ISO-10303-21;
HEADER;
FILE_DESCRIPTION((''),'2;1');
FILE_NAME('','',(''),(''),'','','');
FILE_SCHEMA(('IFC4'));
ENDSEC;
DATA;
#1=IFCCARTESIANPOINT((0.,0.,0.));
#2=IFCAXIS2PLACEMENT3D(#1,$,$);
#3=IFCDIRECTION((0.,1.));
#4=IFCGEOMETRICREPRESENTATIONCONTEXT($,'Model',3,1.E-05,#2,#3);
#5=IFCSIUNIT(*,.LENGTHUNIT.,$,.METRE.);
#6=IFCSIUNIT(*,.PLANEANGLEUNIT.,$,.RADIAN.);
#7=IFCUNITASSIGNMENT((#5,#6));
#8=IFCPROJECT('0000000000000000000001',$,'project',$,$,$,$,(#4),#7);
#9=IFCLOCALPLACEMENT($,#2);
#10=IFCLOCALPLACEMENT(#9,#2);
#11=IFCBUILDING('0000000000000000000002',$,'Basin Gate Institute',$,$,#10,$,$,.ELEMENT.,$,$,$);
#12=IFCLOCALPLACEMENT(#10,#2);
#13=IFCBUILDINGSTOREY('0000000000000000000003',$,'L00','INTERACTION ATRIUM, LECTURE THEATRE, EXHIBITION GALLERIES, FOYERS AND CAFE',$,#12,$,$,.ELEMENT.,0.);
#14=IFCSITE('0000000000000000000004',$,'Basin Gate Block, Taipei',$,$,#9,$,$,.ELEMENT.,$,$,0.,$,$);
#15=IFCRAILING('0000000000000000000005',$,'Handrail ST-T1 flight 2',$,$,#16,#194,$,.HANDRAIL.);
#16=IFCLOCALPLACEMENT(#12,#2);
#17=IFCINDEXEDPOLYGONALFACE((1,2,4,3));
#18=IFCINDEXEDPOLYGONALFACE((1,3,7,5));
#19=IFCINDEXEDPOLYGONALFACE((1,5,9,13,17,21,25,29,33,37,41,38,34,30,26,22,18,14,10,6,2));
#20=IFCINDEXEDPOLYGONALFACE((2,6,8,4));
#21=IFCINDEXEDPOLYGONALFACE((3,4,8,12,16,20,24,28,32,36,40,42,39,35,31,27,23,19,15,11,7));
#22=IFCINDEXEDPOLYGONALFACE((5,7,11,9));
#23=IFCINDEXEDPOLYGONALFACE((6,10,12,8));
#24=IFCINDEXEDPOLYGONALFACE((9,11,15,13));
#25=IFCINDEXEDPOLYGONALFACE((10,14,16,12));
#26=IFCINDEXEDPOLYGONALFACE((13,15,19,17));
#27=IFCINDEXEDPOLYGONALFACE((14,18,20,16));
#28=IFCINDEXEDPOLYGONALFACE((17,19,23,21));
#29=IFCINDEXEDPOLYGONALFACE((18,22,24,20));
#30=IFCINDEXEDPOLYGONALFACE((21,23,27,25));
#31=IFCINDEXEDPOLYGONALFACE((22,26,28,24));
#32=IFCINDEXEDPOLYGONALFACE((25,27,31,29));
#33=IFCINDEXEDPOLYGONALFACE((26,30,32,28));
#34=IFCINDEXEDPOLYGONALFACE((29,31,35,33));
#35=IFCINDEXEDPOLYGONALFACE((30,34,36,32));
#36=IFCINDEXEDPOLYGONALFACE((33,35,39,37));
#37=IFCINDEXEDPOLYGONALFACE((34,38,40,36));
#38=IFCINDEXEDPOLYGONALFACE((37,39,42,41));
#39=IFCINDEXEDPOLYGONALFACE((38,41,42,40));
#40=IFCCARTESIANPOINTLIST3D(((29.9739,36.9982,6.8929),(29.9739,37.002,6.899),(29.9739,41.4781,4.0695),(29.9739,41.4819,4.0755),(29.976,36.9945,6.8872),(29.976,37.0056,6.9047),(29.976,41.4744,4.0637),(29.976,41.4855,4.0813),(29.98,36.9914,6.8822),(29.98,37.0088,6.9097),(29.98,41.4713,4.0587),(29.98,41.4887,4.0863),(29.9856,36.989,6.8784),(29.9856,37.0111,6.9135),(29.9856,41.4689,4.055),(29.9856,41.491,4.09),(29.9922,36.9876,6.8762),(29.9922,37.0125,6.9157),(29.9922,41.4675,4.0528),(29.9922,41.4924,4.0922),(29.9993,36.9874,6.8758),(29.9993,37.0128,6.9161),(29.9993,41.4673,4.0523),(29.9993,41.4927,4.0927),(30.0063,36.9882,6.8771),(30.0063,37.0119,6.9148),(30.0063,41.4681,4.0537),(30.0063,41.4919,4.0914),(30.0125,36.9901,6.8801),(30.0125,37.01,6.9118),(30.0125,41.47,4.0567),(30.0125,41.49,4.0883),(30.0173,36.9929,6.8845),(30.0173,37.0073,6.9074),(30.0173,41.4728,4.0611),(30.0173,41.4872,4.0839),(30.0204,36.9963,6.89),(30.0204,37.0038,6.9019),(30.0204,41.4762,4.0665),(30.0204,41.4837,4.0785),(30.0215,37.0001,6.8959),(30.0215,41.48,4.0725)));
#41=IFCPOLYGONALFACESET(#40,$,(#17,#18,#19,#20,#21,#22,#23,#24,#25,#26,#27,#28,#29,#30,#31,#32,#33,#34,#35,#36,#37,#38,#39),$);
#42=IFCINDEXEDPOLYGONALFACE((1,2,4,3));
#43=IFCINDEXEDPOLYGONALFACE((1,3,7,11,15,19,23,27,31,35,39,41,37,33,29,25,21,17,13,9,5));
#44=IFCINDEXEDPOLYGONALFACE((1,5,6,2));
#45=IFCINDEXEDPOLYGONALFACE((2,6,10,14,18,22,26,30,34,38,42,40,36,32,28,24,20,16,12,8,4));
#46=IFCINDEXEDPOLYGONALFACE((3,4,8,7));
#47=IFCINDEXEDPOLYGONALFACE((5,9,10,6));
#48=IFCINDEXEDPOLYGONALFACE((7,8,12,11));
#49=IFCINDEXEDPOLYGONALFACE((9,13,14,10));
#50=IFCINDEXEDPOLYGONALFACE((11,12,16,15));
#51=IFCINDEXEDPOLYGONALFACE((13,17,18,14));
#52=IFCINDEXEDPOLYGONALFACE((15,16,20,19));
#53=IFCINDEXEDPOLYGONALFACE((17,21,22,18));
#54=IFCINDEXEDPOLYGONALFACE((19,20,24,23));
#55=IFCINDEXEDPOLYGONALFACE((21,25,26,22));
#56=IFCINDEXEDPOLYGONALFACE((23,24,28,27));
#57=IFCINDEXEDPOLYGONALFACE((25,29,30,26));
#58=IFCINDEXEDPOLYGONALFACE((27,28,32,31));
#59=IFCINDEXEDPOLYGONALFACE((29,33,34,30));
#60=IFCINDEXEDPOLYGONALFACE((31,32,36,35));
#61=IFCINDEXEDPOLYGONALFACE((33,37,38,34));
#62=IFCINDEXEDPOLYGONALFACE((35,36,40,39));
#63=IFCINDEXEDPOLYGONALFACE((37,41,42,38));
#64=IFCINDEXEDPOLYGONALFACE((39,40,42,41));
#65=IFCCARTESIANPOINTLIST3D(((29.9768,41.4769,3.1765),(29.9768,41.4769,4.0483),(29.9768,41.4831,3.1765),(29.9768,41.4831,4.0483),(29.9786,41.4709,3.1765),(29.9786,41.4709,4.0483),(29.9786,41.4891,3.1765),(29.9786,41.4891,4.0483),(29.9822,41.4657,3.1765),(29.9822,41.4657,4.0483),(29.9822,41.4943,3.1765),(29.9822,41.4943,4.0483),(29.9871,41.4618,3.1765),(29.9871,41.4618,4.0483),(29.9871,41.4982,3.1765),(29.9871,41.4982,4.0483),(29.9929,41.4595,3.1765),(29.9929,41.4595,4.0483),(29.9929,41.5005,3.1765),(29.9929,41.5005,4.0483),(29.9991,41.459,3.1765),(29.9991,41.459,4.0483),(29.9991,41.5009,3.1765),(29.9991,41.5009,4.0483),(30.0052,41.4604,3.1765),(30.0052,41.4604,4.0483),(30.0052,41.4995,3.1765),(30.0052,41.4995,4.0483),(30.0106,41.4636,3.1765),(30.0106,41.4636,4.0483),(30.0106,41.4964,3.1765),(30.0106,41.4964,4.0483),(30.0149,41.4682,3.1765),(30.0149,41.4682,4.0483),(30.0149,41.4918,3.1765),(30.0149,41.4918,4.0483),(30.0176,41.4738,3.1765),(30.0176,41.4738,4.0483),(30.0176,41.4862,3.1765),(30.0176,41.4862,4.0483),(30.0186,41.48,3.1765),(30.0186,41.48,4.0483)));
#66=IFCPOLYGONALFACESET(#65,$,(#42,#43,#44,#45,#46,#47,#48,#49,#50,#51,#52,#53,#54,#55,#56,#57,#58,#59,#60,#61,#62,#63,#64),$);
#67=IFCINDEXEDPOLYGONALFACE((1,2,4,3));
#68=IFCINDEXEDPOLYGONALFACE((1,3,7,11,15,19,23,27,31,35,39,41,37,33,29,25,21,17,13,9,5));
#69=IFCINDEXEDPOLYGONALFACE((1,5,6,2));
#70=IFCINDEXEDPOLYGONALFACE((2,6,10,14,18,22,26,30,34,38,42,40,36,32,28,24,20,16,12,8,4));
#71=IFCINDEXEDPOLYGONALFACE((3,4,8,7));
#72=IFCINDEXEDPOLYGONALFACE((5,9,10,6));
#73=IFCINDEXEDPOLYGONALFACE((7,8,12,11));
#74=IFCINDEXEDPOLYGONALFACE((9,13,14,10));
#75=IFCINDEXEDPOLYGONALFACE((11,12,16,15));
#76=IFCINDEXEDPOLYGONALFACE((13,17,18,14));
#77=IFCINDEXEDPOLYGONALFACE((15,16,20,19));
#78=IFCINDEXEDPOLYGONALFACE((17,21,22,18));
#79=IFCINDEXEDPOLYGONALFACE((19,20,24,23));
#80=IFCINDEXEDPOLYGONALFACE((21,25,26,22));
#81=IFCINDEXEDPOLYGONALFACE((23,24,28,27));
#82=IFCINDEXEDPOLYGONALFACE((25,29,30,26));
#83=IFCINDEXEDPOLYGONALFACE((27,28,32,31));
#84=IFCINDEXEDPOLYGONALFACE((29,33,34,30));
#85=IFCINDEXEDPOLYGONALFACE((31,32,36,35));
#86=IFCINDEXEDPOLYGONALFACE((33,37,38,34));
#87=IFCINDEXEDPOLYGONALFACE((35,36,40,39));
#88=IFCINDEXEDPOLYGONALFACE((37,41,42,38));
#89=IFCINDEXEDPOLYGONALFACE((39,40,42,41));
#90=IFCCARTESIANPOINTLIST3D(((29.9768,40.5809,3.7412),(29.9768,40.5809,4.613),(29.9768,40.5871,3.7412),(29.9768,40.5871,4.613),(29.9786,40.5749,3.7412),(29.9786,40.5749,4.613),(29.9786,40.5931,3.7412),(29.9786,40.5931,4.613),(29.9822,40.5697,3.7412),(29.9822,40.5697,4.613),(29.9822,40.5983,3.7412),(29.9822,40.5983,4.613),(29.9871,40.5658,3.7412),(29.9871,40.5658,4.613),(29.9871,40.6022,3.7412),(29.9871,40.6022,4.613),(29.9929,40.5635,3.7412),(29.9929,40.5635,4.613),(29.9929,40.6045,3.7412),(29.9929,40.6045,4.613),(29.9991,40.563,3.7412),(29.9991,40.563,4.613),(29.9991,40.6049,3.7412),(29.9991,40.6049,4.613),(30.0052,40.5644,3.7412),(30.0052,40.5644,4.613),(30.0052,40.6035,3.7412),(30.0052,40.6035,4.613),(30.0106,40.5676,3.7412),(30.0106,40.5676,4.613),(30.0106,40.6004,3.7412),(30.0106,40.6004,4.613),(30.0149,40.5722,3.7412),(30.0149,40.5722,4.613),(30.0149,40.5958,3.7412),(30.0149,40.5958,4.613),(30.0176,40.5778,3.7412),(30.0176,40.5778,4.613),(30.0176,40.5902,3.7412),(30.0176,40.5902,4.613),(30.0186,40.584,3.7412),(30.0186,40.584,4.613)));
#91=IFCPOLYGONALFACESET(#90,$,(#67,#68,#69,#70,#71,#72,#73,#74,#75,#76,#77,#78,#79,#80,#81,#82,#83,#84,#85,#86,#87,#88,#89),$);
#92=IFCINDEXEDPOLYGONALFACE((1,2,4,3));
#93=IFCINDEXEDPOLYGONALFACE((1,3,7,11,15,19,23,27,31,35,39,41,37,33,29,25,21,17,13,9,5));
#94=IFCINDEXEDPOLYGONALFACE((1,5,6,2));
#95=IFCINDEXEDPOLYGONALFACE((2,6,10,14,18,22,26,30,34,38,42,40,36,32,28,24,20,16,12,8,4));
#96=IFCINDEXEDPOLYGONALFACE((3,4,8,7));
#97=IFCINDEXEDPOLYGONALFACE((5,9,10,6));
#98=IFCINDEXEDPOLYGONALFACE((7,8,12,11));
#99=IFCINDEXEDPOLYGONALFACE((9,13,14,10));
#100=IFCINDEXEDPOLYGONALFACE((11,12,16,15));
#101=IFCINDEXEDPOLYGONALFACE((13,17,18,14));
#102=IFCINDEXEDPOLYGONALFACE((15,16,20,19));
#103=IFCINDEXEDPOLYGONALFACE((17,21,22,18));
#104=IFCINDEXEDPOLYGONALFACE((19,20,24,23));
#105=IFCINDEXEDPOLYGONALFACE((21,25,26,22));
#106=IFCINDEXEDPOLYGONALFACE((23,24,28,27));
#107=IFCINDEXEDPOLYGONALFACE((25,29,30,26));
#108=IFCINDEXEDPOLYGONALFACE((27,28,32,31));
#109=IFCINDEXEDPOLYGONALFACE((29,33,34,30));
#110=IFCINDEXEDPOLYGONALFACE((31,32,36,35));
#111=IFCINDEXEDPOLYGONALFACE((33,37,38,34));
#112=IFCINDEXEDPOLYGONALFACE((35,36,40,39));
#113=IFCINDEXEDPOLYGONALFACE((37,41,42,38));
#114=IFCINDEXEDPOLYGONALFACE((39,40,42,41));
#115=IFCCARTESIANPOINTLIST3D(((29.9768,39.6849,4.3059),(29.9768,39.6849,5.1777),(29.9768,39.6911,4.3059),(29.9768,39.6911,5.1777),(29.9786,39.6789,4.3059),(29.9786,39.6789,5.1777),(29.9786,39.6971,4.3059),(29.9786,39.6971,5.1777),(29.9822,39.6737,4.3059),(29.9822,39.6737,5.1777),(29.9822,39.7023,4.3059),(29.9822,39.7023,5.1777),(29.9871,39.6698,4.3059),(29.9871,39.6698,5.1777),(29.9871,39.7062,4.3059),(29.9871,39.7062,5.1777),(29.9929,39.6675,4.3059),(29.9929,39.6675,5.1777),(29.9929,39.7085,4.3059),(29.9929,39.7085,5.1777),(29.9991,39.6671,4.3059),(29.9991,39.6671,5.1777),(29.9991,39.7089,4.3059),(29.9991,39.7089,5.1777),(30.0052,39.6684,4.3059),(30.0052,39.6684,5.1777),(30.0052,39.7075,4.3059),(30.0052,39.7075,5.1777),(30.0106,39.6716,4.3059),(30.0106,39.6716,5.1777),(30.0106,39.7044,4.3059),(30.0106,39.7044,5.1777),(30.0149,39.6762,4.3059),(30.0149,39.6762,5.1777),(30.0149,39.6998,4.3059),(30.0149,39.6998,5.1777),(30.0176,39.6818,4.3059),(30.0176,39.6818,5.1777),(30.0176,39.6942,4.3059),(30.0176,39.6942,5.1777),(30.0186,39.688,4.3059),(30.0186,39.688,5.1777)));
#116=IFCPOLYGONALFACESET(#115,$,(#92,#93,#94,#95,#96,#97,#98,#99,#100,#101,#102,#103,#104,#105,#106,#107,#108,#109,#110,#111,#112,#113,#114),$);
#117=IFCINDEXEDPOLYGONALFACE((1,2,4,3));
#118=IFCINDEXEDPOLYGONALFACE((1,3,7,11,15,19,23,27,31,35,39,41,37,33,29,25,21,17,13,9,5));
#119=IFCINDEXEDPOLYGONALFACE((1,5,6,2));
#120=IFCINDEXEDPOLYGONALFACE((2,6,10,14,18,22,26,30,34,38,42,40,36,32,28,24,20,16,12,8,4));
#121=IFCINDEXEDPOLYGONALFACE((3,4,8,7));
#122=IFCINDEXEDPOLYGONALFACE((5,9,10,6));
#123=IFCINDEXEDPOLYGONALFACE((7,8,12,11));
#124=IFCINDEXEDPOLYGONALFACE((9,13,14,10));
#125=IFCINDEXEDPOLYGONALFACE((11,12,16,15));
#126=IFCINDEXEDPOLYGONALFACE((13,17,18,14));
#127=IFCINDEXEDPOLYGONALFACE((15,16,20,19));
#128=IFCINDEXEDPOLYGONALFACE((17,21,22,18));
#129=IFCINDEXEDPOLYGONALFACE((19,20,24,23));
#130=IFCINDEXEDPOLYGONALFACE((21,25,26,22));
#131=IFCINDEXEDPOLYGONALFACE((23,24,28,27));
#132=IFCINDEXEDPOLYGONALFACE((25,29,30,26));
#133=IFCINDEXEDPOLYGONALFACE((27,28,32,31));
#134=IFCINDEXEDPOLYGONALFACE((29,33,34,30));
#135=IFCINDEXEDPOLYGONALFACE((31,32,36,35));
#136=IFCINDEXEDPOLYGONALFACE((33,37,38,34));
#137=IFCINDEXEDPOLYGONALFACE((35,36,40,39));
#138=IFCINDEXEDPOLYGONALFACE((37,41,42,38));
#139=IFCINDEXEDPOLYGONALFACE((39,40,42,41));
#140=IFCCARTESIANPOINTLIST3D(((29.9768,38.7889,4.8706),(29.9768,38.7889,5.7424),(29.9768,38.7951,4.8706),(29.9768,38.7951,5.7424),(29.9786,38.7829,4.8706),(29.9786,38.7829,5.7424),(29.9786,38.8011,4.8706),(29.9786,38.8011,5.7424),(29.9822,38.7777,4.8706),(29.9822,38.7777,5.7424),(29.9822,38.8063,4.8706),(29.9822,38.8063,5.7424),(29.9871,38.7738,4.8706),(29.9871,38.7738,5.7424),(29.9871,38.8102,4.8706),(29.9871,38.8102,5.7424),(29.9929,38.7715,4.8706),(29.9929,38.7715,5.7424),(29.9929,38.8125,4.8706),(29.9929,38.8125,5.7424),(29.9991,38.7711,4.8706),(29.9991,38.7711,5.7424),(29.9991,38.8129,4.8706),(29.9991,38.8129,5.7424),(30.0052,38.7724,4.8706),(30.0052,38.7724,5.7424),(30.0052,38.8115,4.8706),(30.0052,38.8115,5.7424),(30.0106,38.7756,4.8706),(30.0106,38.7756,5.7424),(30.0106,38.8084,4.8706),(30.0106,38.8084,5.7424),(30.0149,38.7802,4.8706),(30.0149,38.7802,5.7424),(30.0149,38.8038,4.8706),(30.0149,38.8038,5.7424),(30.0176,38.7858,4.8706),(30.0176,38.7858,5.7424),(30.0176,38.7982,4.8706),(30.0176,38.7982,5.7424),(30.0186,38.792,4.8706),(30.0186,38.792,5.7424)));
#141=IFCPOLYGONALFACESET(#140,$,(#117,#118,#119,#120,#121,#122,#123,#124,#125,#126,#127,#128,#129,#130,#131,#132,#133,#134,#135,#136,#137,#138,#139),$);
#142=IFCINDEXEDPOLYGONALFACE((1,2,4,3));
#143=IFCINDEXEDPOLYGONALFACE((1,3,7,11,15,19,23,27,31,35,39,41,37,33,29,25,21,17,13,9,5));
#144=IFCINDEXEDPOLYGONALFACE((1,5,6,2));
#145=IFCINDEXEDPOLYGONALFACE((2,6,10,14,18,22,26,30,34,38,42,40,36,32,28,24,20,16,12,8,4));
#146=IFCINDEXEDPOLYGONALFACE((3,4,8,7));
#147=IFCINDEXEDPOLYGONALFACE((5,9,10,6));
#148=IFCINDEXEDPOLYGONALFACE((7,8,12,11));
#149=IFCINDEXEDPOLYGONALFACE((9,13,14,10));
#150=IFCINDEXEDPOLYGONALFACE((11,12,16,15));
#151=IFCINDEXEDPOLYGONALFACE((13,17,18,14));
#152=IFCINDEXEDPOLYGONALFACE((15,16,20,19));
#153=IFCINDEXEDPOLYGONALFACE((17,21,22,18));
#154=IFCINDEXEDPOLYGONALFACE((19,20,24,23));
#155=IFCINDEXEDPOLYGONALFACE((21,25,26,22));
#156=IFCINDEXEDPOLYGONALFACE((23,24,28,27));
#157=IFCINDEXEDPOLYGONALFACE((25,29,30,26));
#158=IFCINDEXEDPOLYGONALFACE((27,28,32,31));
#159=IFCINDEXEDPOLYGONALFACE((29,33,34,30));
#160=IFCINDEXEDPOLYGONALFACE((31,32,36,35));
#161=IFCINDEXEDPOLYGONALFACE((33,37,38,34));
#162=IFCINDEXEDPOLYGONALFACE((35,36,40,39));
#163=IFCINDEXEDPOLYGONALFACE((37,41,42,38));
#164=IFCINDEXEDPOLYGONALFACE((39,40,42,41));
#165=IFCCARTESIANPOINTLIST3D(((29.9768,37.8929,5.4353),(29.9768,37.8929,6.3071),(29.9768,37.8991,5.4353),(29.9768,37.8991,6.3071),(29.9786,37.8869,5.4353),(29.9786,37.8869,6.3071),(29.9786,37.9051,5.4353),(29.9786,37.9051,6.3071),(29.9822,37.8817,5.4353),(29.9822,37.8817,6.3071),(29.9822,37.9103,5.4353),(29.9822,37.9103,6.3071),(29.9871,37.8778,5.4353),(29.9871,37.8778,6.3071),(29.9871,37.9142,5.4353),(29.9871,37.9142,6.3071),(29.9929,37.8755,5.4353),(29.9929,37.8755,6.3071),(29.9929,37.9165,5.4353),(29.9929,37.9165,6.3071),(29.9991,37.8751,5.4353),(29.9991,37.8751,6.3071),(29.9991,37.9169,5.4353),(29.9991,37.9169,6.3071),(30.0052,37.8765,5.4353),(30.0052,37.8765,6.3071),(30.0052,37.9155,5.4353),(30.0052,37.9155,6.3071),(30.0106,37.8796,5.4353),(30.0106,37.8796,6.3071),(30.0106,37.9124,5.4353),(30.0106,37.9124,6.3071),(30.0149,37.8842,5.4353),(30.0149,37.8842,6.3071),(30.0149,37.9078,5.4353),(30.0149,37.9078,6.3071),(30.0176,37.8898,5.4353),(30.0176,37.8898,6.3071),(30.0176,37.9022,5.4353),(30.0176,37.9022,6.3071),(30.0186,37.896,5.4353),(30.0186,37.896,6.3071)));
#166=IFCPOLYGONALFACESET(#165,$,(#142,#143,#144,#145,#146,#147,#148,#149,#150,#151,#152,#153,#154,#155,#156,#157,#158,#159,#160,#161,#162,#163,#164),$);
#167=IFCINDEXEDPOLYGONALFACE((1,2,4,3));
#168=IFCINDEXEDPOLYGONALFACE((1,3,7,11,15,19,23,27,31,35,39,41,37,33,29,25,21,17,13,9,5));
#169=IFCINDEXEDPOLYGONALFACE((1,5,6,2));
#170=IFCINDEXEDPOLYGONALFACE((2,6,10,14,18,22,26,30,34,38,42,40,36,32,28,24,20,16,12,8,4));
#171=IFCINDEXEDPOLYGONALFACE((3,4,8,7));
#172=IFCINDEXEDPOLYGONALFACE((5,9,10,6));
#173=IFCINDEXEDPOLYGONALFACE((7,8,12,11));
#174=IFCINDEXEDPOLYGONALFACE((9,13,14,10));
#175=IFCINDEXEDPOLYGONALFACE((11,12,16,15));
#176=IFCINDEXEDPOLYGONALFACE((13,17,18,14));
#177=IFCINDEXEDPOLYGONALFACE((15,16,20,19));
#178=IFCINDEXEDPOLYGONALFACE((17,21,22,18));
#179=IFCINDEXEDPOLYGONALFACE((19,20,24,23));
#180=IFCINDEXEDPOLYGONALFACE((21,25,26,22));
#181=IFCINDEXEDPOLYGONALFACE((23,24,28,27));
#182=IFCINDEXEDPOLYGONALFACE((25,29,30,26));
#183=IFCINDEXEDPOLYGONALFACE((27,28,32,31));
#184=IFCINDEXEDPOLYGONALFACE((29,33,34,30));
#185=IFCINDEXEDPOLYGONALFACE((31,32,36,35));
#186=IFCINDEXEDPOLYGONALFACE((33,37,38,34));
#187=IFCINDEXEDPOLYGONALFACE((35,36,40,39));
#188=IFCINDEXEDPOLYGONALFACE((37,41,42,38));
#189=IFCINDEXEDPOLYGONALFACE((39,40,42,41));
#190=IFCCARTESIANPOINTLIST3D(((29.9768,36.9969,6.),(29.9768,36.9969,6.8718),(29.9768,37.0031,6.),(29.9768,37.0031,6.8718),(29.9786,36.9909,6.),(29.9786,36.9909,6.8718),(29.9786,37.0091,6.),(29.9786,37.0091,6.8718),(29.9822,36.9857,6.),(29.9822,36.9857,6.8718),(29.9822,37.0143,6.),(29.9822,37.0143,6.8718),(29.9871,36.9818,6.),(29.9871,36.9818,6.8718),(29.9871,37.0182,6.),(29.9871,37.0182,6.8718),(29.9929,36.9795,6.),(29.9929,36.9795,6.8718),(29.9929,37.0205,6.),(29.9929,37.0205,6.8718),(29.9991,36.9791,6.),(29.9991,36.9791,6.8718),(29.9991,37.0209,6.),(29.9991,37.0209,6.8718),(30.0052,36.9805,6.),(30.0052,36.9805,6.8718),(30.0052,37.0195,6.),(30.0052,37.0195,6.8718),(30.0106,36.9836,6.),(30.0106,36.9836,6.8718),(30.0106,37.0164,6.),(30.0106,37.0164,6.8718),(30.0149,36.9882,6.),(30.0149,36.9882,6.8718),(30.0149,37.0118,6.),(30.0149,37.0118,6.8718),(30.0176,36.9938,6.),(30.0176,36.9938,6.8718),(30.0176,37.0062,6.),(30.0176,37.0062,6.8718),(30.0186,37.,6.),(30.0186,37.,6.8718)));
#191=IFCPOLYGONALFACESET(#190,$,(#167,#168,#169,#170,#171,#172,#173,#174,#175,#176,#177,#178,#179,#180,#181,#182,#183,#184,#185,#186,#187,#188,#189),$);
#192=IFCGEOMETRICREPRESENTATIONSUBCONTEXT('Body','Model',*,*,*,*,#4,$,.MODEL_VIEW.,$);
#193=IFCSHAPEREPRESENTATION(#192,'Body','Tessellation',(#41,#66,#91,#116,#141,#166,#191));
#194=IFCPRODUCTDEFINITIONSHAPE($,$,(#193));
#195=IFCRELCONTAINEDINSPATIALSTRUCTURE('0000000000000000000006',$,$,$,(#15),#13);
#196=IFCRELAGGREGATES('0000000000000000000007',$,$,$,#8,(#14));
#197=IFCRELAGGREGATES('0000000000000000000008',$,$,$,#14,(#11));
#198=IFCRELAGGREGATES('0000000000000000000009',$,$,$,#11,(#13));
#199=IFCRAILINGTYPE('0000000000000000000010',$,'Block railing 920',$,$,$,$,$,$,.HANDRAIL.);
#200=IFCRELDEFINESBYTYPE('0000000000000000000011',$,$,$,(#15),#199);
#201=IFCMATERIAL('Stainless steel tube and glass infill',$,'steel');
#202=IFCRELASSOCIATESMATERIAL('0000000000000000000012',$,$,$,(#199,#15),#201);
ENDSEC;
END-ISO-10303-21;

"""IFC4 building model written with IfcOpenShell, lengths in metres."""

from ifc_helpers import new_model, si_unit, direction, frame, origin, origin_2d, place, context, subcontext, project, spatial, circle, extrude, material, type_object, element, save


model = new_model("IFC4")

# Units and contexts
model_context = context("Model", 3, precision=1e-05, world=origin(), true_north=direction((0.0, 1.0)))
body_context = subcontext(model_context, "Body", "Model", "MODEL_VIEW")
ifc_project = project(units=[si_unit("LENGTHUNIT", "METRE"), si_unit("PLANEANGLEUNIT", "RADIAN")], contexts=[model_context])

# Site, building, storey
site_placement = place(None, origin())
site = spatial("IfcSite", under=ifc_project, at=site_placement, Name="Basin Gate Block, Taipei", CompositionType="ELEMENT", RefElevation=0.0)
building_placement = place(site_placement, origin())
building = spatial("IfcBuilding", under=site, at=building_placement, Name="Basin Gate Institute", CompositionType="ELEMENT")
storey_placement = place(building_placement, origin())
storey = spatial("IfcBuildingStorey", under=building, at=storey_placement, Name="L00", Description="INTERACTION ATRIUM, LECTURE THEATRE, EXHIBITION GALLERIES, FOYERS AND CAFE", CompositionType="ELEMENT", Elevation=0.0)

# Railing
ifc_material_1 = material(Name="Stainless steel tube and glass infill", Category="steel")
railing_type_1 = type_object("IfcRailingType", Name="Block railing 920", PredefinedType="HANDRAIL", material=ifc_material_1)
for number, where, name in (
    (1, (29.9976, 41.48, 3.1765), "Handrail ST-T1 flight 2"),
):
    element("IfcRailing", number, at=place(storey_placement, frame(where)), inside=storey, type_object=railing_type_1, material=ifc_material_1, Name=name, PredefinedType="HANDRAIL", context=body_context, shape_type="SweptSolid", body=[
        extrude(circle(Radius=0.0239, at=origin_2d()), frame((0.0, 0.0, 0.896), z_axis=(0.0, -0.845998, 0.533186), x_axis=(1.0, 0.0, 0.0)), (0.0, 0.0, 1.0), 5.2954),
        extrude(circle(Radius=0.021, at=origin_2d()), origin(), (0.0, 0.0, 1.0), 0.8718),
        extrude(circle(Radius=0.021, at=origin_2d()), frame((0.0, -0.896, 0.5647)), (0.0, 0.0, 1.0), 0.8718),
        extrude(circle(Radius=0.021, at=origin_2d()), frame((0.0, -1.792, 1.1294)), (0.0, 0.0, 1.0), 0.8718),
        extrude(circle(Radius=0.021, at=origin_2d()), frame((0.0, -2.688, 1.6941)), (0.0, 0.0, 1.0), 0.8718),
        extrude(circle(Radius=0.021, at=origin_2d()), frame((0.0, -3.584, 2.2588)), (0.0, 0.0, 1.0), 0.8718),
        extrude(circle(Radius=0.021, at=origin_2d()), frame((0.0, -4.48, 2.8235)), (0.0, 0.0, 1.0), 0.8718),
    ])

save(model, "model.ifc")
